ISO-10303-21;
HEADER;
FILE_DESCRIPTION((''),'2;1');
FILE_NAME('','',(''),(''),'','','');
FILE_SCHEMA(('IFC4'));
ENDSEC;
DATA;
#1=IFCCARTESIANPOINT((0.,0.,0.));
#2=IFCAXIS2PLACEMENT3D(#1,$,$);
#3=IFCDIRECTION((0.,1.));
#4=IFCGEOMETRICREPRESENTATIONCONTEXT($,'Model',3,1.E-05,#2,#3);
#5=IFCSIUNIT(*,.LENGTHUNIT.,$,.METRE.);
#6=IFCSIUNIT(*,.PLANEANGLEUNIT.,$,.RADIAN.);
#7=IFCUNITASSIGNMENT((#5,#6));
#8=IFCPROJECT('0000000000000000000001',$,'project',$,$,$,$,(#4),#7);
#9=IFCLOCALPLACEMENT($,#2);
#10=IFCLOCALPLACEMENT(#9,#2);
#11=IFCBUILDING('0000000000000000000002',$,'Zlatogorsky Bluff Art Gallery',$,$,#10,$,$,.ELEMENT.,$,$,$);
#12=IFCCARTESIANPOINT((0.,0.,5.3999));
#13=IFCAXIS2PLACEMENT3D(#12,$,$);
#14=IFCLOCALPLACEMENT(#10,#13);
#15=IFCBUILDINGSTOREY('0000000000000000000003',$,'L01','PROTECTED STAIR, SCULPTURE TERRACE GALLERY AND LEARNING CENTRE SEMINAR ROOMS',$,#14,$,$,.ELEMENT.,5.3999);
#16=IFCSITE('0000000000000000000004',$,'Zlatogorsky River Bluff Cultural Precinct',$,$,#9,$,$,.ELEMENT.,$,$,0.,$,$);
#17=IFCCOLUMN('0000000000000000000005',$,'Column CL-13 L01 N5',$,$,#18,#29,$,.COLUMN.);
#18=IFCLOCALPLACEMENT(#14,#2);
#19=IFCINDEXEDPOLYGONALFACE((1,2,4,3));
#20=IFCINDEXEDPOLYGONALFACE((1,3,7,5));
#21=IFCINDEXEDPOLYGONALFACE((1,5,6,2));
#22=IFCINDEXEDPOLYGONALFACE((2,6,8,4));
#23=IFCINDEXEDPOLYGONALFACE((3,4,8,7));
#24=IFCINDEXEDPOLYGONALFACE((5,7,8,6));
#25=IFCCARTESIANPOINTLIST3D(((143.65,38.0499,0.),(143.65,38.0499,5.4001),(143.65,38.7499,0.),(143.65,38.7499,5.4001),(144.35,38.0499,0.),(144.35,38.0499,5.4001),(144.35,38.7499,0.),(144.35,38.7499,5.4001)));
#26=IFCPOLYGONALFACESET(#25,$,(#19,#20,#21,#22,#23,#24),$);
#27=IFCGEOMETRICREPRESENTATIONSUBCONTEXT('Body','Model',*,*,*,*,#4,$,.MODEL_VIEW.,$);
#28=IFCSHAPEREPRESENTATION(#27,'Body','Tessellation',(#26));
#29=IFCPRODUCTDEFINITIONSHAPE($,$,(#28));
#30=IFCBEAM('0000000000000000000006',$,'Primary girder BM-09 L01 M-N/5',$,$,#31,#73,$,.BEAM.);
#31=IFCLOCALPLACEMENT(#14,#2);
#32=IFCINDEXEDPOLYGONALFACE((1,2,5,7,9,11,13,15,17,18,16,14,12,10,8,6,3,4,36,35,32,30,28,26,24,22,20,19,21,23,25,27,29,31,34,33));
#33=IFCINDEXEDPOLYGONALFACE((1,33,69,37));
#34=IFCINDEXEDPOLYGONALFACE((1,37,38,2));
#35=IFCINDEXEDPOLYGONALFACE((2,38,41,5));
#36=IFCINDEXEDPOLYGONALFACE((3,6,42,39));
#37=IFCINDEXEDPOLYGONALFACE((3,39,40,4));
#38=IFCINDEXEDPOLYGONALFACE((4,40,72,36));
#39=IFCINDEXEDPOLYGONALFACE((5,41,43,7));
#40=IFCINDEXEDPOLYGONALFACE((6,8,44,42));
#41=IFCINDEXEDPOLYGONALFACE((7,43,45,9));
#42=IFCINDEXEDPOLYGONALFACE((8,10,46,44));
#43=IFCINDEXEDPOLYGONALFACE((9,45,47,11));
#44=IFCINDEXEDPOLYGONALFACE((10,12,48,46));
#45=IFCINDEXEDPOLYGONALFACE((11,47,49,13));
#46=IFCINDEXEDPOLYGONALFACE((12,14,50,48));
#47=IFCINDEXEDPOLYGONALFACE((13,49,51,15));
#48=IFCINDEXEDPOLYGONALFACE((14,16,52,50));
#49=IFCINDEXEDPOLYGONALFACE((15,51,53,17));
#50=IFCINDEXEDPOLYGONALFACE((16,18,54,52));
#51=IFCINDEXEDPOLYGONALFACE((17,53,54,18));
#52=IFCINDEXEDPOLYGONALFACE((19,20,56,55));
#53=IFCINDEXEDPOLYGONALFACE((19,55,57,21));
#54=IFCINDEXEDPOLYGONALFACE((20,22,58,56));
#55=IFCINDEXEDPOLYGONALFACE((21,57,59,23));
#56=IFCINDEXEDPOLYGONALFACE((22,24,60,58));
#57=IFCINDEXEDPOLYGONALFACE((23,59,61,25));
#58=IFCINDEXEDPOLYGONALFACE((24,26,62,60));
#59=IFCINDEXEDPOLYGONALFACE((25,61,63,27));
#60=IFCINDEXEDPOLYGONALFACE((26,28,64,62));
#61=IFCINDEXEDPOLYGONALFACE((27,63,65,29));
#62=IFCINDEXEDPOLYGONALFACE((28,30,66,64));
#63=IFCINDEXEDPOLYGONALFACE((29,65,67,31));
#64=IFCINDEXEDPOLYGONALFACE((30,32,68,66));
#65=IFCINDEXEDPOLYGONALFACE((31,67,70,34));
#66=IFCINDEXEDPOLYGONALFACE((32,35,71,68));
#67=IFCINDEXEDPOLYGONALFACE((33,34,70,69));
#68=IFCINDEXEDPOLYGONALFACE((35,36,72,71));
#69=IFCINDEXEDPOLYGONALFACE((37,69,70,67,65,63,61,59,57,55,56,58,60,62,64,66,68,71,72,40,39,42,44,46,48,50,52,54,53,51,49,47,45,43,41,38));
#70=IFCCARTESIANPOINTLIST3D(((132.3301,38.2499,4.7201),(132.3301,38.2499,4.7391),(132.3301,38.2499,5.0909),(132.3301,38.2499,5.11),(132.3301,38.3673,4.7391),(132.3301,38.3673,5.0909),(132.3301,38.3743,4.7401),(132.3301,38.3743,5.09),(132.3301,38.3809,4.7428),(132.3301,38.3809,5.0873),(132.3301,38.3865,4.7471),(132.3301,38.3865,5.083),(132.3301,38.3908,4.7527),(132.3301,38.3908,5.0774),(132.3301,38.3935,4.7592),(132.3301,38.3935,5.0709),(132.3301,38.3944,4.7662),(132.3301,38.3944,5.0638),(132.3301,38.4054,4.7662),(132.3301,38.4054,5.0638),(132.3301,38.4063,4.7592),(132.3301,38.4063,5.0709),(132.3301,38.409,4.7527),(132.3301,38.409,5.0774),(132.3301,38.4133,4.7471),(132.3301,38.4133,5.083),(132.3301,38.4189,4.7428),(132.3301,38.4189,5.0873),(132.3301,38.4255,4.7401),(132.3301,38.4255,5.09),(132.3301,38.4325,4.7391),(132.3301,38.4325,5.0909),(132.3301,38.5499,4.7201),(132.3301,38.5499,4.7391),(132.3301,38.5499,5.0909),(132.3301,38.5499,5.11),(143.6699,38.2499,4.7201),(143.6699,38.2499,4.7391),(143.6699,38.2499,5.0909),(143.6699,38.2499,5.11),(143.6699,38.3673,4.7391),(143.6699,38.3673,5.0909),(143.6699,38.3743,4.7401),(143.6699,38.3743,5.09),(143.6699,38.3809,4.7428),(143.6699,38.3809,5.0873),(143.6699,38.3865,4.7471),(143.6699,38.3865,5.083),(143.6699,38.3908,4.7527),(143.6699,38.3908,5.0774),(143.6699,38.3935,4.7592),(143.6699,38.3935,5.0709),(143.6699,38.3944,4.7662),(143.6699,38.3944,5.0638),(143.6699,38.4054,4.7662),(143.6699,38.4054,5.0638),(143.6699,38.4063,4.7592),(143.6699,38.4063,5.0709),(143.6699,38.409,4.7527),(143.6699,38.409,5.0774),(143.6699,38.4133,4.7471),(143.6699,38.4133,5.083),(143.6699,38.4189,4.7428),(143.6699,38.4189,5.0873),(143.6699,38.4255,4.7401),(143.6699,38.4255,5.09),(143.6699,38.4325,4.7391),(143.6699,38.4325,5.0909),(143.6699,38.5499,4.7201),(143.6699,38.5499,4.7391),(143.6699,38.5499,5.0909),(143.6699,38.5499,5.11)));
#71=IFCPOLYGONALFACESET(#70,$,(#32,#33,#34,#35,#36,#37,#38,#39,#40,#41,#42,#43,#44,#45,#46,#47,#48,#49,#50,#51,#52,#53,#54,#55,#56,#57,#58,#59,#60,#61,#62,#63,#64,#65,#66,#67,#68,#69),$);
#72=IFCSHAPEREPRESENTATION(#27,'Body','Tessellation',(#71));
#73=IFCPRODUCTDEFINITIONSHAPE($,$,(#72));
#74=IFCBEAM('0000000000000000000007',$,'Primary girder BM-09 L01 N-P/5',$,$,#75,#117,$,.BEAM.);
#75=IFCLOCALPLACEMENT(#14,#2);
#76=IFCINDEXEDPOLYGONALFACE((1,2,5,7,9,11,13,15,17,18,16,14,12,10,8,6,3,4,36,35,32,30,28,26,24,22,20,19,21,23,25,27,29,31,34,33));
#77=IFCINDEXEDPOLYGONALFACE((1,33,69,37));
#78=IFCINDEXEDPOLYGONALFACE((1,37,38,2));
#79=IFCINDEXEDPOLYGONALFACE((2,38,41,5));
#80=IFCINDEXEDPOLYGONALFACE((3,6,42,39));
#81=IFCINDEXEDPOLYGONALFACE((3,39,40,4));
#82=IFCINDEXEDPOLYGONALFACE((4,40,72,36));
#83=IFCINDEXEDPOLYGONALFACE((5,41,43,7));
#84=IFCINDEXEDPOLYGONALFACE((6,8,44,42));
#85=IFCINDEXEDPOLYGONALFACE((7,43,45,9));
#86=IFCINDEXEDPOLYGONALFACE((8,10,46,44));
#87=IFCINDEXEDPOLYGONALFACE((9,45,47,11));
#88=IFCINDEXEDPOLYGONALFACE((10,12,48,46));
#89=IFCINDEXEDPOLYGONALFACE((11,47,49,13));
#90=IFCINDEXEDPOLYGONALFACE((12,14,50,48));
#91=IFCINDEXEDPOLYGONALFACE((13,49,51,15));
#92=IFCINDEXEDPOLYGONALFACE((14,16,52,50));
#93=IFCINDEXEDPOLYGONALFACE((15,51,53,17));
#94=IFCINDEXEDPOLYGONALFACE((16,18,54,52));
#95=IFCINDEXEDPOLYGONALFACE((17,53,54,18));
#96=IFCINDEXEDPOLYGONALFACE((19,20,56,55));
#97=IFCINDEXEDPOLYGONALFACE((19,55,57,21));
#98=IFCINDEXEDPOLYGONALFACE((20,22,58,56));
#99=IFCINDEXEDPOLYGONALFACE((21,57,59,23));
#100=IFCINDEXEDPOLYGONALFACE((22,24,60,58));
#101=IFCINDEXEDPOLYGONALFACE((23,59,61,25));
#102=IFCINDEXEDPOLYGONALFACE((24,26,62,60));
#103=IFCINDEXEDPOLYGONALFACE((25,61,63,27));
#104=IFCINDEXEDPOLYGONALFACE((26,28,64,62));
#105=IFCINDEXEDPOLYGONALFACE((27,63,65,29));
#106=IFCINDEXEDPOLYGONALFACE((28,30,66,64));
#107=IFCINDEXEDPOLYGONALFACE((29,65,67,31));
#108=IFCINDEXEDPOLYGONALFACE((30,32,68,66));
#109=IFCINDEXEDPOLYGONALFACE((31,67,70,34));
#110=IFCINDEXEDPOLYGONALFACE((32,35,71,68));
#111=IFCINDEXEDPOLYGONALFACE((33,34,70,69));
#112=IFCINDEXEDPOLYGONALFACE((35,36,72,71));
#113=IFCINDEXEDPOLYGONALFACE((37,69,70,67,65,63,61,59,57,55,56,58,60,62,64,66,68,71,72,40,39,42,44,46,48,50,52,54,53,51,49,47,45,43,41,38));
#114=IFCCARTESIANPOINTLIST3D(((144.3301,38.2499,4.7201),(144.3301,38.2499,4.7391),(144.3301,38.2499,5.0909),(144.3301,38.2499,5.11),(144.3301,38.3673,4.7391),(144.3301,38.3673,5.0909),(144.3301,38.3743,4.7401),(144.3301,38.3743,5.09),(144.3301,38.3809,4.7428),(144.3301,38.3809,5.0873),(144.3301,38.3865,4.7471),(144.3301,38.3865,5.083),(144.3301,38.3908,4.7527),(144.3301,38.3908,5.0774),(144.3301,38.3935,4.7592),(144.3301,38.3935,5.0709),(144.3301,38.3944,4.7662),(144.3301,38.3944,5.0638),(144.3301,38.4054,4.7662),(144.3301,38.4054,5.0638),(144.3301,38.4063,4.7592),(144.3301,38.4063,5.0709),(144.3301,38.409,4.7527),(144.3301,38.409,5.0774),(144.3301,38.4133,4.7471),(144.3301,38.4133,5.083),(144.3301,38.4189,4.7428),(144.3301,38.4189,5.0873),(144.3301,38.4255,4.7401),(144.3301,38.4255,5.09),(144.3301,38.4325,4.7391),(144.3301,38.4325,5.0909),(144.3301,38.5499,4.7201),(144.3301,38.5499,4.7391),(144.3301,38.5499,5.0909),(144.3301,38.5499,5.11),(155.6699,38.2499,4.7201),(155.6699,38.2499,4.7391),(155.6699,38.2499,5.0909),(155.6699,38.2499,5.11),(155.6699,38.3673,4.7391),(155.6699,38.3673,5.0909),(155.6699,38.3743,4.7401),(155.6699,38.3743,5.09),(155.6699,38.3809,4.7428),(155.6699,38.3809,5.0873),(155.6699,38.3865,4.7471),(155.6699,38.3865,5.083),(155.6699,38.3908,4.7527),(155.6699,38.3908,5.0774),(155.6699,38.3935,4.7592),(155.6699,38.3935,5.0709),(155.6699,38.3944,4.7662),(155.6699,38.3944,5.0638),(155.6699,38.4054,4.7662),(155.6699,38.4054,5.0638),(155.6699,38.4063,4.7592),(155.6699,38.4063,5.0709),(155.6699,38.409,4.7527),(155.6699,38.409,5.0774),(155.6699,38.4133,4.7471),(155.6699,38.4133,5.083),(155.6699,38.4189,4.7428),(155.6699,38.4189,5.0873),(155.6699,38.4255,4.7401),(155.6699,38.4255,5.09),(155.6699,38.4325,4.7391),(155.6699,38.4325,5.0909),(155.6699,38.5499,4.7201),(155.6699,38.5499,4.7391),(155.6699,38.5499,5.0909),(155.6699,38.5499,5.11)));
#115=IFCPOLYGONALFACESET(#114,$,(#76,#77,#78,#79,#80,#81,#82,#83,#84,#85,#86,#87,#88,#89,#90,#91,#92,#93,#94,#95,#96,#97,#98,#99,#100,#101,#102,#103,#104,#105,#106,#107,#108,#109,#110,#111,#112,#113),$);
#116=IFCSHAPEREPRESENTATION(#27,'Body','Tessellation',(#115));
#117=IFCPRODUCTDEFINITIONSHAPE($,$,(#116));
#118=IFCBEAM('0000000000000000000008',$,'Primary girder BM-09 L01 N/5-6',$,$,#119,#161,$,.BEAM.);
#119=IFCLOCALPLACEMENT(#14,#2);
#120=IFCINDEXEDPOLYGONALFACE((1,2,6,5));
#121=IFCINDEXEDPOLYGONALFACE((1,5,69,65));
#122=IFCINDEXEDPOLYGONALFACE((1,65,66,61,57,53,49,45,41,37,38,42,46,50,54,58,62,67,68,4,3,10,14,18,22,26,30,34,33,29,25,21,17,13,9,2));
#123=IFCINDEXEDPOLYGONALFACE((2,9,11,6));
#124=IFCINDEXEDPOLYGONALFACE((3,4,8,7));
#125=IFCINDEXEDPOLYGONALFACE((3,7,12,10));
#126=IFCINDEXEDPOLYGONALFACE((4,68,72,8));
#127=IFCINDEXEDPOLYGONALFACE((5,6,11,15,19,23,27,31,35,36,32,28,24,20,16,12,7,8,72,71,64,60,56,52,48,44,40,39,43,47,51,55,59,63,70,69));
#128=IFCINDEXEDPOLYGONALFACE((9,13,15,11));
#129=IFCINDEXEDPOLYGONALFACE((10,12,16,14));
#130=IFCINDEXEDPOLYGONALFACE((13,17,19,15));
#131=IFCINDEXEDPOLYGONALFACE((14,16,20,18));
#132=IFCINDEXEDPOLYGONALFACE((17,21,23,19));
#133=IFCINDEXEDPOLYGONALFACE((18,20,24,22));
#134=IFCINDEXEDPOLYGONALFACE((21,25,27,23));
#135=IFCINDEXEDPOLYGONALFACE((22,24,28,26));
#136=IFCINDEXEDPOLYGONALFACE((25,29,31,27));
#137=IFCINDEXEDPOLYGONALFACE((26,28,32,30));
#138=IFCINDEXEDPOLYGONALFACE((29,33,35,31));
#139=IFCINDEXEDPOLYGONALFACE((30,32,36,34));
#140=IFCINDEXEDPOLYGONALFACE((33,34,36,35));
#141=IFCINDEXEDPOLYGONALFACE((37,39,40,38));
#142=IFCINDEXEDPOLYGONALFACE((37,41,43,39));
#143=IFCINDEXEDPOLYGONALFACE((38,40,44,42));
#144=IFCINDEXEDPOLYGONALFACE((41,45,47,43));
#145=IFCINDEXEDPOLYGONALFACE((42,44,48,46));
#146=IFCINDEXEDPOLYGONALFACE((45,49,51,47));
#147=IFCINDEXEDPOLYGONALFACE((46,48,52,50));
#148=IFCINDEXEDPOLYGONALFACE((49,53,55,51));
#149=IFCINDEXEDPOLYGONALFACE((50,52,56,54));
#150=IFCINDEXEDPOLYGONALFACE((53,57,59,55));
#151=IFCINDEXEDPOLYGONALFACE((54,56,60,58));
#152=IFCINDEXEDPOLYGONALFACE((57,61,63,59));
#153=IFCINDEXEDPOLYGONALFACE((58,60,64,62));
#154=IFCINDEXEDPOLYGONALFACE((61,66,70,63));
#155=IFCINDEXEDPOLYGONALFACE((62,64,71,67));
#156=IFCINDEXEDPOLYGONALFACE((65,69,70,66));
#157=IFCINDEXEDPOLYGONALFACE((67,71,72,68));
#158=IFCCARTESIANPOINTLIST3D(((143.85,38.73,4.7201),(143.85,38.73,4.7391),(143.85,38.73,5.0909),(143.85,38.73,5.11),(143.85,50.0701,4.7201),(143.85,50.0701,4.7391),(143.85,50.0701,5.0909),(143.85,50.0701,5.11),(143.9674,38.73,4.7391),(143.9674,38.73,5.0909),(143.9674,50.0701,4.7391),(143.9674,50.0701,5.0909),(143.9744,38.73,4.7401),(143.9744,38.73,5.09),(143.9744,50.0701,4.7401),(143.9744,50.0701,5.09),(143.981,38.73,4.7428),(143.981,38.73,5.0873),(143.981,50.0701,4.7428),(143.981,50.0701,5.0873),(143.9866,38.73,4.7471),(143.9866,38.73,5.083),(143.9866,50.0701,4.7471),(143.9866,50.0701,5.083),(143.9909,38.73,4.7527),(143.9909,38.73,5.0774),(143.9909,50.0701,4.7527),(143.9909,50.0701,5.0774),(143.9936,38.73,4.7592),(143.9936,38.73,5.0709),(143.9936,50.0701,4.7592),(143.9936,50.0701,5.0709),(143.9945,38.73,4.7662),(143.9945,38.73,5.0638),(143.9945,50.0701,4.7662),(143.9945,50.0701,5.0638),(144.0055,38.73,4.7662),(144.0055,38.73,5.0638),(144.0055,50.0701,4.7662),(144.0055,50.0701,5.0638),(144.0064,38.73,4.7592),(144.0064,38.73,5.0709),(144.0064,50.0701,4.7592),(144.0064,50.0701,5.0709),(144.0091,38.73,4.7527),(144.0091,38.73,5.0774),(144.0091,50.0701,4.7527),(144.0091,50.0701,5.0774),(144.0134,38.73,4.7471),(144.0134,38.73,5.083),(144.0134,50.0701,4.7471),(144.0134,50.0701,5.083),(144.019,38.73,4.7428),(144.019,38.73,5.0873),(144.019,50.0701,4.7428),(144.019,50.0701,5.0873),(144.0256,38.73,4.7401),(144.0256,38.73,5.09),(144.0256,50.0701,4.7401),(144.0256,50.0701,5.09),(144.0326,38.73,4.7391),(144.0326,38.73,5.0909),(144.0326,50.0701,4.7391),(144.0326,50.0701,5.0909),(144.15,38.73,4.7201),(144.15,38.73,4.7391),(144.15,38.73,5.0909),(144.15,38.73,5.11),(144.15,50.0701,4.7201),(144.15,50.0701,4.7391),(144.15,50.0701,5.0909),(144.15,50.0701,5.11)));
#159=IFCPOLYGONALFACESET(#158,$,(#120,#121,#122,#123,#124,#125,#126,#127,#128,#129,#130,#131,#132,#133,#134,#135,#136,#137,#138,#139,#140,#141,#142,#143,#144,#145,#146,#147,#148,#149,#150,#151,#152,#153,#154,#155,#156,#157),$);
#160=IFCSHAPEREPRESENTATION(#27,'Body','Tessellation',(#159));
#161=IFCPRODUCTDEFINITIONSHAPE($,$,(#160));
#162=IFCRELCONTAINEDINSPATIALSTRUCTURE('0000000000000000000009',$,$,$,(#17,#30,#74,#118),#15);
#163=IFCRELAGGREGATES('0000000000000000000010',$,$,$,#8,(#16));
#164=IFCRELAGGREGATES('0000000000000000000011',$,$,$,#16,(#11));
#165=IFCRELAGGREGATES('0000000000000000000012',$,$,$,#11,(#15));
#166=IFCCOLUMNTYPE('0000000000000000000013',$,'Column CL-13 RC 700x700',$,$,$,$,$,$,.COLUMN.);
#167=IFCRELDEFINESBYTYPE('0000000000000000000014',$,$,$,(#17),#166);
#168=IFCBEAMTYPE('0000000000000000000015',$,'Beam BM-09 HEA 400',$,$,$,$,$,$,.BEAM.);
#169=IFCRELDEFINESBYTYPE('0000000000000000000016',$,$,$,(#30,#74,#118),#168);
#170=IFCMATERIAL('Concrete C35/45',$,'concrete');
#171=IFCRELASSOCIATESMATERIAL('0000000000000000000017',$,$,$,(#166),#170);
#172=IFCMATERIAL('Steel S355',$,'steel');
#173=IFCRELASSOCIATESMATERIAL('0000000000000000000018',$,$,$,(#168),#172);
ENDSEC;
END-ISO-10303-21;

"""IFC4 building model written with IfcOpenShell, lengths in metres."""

from ifc_helpers import new_model, si_unit, direction, frame, origin, origin_2d, place, context, subcontext, project, spatial, rectangle, i_section, extrude, material, material_profile, profile_set, type_object, element, save


model = new_model("IFC4")

# Units and contexts
model_context = context("Model", 3, precision=1e-05, world=origin(), true_north=direction((0.0, 1.0)))
body_context = subcontext(model_context, "Body", "Model", "MODEL_VIEW")
ifc_project = project(units=[si_unit("LENGTHUNIT", "METRE"), si_unit("PLANEANGLEUNIT", "RADIAN")], contexts=[model_context])

# Site, building, storey
site_placement = place(None, origin())
site = spatial("IfcSite", under=ifc_project, at=site_placement, Name="Zlatogorsky River Bluff Cultural Precinct", CompositionType="ELEMENT", RefElevation=0.0)
building_placement = place(site_placement, origin())
building = spatial("IfcBuilding", under=site, at=building_placement, Name="Zlatogorsky Bluff Art Gallery", CompositionType="ELEMENT")
storey_placement = place(building_placement, frame((0.0, 0.0, 5.3999)))
storey = spatial("IfcBuildingStorey", under=building, at=storey_placement, Name="L01", Description="PROTECTED STAIR, SCULPTURE TERRACE GALLERY AND LEARNING CENTRE SEMINAR ROOMS", CompositionType="ELEMENT", Elevation=5.3999)

# Column
ifc_material_1 = material(Name="Concrete C35/45", Category="concrete")
ifc_material_profile_1 = material_profile(ifc_material_1, rectangle(XDim=0.7, YDim=0.7, at=origin_2d()), Name="RC 700x700")
ifc_profile_set_1 = profile_set([ifc_material_profile_1], Name="Concrete C35/45")
column_type = type_object("IfcColumnType", Name="Column CL-13 RC 700x700", PredefinedType="COLUMN", material=ifc_profile_set_1)
column_placement = place(storey_placement, frame((144.0, 38.3999, 0.0), z_axis=(0.0, 0.0, 1.0), x_axis=(1.0, 0.0, 0.0)))
element("IfcColumn", 1, at=column_placement, inside=storey, type_object=column_type, Name="Column CL-13 L01 N5", PredefinedType="COLUMN", context=body_context, shape_type="SweptSolid", body=[
    extrude(rectangle(XDim=0.7, YDim=0.7, at=origin_2d()), origin(), (0.0, 0.0, 1.0), 5.4001),
])

# Beams
ifc_material_2 = material(Name="Steel S355", Category="steel")
ifc_material_profile_2 = material_profile(ifc_material_2, i_section(OverallWidth=0.3, OverallDepth=0.3899, WebThickness=0.011, FlangeThickness=0.019, FilletRadius=0.0271, at=origin_2d()), Name="HEA 400")
ifc_profile_set_2 = profile_set([ifc_material_profile_2], Name="Steel S355")
beam_type_1 = type_object("IfcBeamType", Name="Beam BM-09 HEA 400", PredefinedType="BEAM", material=ifc_profile_set_2)
for number, where, z_axis, x_axis, name in (
    (2, (132.3301, 38.3999, 4.915), (1.0, 0.0, 0.0), (0.0, 1.0, 0.0), "Primary girder BM-09 L01 M-N/5"),
    (3, (144.3301, 38.3999, 4.915), (1.0, 0.0, 0.0), (0.0, 1.0, 0.0), "Primary girder BM-09 L01 N-P/5"),
):
    element("IfcBeam", number, at=place(storey_placement, frame(where, z_axis=z_axis, x_axis=x_axis)), inside=storey, type_object=beam_type_1, Name=name, PredefinedType="BEAM", context=body_context, shape_type="SweptSolid", body=[
        extrude(i_section(OverallWidth=0.3, OverallDepth=0.3899, WebThickness=0.011, FlangeThickness=0.019, FilletRadius=0.0271, at=origin_2d()), origin(), (0.0, 0.0, 1.0), 11.3398),
    ])
beam_placement = place(storey_placement, frame((144.0, 38.73, 4.915), z_axis=(0.0, 1.0, 0.0), x_axis=(-1.0, 0.0, 0.0)))
element("IfcBeam", 4, at=beam_placement, inside=storey, type_object=beam_type_1, Name="Primary girder BM-09 L01 N/5-6", PredefinedType="BEAM", context=body_context, shape_type="SweptSolid", body=[
    extrude(i_section(OverallWidth=0.3, OverallDepth=0.3899, WebThickness=0.011, FlangeThickness=0.019, FilletRadius=0.0271, at=origin_2d()), origin(), (0.0, 0.0, 1.0), 11.3401),
])

save(model, "model.ifc")
